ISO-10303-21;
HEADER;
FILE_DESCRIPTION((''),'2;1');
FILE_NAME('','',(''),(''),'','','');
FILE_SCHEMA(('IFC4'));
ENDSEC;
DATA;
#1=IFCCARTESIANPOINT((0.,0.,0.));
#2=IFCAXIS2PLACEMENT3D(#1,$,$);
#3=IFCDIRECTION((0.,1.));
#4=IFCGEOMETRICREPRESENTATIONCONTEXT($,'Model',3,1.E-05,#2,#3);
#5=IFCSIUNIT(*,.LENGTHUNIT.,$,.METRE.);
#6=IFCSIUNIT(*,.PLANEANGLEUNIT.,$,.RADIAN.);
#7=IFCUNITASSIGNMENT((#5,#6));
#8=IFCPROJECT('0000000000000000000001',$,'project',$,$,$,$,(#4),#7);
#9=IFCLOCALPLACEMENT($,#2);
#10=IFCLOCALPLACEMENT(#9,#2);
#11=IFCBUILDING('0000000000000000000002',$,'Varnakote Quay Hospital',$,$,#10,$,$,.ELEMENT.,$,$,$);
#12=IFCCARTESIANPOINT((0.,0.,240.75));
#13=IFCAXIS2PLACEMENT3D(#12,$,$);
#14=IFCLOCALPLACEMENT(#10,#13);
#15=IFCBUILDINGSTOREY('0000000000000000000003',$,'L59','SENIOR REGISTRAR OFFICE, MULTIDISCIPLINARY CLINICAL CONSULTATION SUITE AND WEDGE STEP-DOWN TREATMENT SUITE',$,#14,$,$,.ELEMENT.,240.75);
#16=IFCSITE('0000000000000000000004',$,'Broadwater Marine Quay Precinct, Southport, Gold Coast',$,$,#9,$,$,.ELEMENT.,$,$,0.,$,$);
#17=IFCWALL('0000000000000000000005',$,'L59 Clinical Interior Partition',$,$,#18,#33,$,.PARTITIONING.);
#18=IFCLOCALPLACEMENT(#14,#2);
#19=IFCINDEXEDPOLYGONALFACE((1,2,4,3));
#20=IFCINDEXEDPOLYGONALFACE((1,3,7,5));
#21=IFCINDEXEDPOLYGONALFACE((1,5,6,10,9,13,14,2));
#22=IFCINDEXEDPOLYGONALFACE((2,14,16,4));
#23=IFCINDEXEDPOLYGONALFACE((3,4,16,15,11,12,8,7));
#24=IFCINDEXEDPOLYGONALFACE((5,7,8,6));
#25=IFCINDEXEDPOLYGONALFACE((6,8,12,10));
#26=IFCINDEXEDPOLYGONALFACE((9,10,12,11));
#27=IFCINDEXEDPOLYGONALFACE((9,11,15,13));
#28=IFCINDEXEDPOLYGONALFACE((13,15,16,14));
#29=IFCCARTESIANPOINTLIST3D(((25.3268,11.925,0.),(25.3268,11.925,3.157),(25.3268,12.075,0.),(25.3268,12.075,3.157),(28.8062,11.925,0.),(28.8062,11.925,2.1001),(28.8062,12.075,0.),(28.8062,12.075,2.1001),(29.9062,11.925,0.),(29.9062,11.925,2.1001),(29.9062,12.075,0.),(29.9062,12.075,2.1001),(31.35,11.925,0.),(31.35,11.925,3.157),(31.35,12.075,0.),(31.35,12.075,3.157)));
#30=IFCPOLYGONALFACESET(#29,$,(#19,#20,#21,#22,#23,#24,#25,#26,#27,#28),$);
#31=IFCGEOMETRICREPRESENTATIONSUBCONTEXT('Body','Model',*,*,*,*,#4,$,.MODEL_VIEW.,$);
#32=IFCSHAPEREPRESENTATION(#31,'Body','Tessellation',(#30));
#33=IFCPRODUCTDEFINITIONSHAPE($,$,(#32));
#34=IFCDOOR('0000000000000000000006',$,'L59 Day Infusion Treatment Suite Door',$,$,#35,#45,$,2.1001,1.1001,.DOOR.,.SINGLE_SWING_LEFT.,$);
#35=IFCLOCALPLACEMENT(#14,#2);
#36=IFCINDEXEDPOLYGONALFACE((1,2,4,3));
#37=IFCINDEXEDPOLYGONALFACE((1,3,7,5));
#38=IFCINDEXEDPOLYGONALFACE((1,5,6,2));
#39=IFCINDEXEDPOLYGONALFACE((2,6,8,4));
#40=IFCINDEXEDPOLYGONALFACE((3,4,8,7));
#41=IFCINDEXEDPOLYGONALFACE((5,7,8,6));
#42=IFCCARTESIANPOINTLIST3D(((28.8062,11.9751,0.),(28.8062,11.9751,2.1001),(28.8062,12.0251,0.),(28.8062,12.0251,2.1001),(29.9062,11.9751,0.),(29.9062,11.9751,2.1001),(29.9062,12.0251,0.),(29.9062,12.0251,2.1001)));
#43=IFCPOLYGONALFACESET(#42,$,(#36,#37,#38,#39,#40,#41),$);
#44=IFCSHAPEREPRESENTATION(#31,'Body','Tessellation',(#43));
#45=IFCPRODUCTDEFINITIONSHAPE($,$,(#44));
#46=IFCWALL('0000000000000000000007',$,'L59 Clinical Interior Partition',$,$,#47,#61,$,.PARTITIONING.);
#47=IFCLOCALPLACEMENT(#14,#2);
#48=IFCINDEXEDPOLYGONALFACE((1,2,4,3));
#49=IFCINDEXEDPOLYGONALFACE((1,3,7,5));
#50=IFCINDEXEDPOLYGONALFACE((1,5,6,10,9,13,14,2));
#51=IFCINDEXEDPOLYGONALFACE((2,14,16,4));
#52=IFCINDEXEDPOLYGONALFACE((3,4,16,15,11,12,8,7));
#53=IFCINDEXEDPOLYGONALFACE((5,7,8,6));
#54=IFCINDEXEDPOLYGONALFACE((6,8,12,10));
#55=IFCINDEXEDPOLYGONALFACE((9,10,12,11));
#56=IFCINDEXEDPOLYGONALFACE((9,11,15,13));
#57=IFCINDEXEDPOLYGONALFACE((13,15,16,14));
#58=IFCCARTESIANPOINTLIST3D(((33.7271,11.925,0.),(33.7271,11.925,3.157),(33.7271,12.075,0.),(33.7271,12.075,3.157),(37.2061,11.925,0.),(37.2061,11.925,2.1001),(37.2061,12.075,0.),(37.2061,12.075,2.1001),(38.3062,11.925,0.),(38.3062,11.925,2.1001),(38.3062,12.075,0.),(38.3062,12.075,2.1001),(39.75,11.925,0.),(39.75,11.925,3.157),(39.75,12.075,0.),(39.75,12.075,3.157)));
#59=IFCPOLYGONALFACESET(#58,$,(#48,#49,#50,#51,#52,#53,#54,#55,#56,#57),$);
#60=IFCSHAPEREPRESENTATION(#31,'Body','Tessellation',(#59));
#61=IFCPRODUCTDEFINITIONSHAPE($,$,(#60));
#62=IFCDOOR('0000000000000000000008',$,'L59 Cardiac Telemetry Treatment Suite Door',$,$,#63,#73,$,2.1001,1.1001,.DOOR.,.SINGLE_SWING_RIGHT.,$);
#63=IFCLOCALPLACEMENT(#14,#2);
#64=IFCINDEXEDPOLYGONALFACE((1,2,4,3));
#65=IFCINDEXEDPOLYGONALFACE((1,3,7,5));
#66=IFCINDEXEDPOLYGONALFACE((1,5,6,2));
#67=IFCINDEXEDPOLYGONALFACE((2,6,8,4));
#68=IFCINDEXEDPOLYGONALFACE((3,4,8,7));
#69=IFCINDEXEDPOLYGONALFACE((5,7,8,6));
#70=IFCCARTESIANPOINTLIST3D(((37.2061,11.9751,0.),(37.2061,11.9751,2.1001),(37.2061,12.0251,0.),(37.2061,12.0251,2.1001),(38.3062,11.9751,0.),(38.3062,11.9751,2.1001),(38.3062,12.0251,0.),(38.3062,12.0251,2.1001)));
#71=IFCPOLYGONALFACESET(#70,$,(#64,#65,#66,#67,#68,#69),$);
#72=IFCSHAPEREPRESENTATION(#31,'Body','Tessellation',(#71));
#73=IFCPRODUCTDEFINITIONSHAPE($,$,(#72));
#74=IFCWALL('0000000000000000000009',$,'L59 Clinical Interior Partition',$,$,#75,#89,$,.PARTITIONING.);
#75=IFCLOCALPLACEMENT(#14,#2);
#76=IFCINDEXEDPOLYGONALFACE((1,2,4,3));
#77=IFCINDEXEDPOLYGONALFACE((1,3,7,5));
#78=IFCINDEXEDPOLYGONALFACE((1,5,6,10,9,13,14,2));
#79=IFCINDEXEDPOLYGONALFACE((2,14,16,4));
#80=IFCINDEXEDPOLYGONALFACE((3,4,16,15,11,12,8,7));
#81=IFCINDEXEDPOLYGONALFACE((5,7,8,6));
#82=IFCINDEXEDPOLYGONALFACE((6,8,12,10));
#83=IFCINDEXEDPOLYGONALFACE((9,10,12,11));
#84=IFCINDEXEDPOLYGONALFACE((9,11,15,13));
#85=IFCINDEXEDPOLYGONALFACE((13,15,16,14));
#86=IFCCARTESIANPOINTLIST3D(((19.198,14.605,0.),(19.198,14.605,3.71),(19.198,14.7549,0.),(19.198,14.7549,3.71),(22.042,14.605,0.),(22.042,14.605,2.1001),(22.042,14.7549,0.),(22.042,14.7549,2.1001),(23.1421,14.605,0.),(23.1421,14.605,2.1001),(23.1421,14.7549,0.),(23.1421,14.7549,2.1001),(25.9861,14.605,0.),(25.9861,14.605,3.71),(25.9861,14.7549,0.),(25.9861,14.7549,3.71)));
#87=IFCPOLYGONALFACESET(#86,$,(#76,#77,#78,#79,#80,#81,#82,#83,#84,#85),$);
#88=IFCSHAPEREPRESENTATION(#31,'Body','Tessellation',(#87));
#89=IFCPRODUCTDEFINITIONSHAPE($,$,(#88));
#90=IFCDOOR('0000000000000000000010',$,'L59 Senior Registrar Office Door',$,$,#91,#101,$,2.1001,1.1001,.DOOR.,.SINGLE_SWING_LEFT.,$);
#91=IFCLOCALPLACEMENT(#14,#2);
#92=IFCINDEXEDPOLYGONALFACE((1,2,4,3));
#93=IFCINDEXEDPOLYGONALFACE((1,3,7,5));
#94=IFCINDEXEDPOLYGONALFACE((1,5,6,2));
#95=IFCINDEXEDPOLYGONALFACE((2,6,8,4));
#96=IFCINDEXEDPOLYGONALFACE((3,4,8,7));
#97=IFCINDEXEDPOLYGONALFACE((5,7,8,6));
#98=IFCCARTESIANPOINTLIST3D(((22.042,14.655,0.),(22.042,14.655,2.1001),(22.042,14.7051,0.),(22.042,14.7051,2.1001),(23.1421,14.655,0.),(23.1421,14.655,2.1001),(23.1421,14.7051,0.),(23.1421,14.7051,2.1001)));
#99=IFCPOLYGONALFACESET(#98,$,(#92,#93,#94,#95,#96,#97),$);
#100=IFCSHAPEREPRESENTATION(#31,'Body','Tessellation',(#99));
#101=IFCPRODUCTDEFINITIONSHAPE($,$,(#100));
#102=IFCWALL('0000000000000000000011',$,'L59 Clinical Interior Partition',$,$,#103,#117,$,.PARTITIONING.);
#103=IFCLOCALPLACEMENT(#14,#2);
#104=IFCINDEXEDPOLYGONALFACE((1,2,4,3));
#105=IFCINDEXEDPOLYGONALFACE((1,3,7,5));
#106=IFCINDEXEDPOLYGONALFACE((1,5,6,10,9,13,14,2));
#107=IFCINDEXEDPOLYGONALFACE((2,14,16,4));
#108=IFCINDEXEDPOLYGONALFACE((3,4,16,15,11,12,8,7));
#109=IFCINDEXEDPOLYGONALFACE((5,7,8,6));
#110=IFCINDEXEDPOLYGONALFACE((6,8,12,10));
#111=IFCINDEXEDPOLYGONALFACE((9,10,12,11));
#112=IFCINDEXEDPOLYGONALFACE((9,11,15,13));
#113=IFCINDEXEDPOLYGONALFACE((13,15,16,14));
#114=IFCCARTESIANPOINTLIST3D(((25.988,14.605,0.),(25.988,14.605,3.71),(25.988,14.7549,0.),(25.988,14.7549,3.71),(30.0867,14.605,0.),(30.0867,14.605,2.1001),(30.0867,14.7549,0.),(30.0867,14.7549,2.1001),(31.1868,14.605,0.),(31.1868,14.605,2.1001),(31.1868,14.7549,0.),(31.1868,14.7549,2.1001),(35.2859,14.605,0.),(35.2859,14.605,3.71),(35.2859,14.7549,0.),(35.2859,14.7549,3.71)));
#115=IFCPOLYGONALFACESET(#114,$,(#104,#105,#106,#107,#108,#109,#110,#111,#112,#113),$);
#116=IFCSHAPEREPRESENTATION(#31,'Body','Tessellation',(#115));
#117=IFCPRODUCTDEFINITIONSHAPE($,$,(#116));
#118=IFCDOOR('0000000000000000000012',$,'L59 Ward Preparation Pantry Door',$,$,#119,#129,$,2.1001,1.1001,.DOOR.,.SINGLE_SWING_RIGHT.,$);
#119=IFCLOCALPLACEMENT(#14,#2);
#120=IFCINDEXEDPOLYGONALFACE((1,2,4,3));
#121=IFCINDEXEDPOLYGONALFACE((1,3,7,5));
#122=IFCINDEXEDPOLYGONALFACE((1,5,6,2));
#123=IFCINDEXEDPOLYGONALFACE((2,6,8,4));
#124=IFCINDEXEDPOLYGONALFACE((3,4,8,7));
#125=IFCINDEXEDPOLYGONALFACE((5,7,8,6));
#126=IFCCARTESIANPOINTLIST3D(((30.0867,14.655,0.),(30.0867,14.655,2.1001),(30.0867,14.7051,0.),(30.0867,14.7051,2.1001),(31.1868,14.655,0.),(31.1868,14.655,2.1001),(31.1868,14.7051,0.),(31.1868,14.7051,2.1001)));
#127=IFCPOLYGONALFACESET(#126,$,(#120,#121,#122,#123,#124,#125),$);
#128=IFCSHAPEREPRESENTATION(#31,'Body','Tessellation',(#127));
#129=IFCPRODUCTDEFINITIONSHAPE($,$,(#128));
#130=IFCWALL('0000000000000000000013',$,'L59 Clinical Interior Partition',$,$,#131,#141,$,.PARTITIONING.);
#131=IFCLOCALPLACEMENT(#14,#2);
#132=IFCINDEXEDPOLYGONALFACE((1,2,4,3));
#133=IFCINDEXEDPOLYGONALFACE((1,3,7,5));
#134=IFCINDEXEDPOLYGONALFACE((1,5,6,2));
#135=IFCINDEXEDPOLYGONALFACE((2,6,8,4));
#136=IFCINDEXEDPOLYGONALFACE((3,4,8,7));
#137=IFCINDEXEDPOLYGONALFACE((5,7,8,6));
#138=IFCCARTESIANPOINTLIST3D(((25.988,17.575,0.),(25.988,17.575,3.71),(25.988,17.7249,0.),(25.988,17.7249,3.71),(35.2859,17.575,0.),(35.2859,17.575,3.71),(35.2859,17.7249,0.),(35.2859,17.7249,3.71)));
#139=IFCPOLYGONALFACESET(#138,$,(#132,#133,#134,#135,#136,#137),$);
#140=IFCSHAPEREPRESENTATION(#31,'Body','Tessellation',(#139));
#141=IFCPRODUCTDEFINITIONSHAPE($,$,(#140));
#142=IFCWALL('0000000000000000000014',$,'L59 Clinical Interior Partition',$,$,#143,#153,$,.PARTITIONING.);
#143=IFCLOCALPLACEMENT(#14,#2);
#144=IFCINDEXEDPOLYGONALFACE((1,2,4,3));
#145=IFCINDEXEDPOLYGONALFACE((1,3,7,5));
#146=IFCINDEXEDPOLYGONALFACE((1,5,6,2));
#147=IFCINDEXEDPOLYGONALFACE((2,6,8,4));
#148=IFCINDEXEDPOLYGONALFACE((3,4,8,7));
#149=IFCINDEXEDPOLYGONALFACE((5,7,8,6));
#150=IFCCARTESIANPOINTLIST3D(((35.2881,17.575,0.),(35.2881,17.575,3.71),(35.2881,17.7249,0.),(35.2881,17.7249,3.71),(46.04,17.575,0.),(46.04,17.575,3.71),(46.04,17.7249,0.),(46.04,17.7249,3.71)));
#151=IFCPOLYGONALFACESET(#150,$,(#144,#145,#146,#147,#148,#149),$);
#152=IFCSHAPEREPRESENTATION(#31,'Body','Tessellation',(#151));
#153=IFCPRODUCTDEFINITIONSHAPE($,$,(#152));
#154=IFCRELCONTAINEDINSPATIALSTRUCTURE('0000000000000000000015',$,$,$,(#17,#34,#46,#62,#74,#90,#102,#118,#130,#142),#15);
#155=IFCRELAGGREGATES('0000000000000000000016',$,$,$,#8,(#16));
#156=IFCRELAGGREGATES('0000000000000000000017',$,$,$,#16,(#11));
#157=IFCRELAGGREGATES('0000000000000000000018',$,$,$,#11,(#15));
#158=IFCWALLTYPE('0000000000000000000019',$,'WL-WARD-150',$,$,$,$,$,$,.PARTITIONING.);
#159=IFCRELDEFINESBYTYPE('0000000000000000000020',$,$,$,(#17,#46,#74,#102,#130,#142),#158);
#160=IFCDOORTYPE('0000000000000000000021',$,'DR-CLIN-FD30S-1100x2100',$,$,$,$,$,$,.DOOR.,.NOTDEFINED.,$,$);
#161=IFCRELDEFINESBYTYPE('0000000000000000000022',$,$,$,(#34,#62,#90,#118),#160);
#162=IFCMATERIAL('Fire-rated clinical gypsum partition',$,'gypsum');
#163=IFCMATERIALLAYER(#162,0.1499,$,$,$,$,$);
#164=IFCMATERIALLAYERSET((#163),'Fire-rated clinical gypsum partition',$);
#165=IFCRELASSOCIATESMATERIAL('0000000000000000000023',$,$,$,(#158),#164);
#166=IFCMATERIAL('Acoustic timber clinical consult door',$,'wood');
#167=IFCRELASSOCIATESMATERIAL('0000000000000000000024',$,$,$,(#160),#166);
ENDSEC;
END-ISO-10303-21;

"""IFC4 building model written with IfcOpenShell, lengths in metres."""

from ifc_helpers import new_model, si_unit, direction, frame, frame_2d, origin, place, context, subcontext, project, spatial, rectangle, extrude, material, layer, layer_set, type_object, element, fill, save


model = new_model("IFC4")

# Units and contexts
model_context = context("Model", 3, precision=1e-05, world=origin(), true_north=direction((0.0, 1.0)))
body_context = subcontext(model_context, "Body", "Model", "MODEL_VIEW")
ifc_project = project(units=[si_unit("LENGTHUNIT", "METRE"), si_unit("PLANEANGLEUNIT", "RADIAN")], contexts=[model_context])

# Site, building, storey
site_placement = place(None, origin())
site = spatial("IfcSite", under=ifc_project, at=site_placement, Name="Broadwater Marine Quay Precinct, Southport, Gold Coast", CompositionType="ELEMENT", RefElevation=0.0)
building_placement = place(site_placement, origin())
building = spatial("IfcBuilding", under=site, at=building_placement, Name="Varnakote Quay Hospital", CompositionType="ELEMENT")
storey_placement = place(building_placement, frame((0.0, 0.0, 240.75)))
storey = spatial("IfcBuildingStorey", under=building, at=storey_placement, Name="L59", Description="SENIOR REGISTRAR OFFICE, MULTIDISCIPLINARY CLINICAL CONSULTATION SUITE AND WEDGE STEP-DOWN TREATMENT SUITE", CompositionType="ELEMENT", Elevation=240.75)

# Walls, openings, doors
ifc_material_1 = material(Name="Fire-rated clinical gypsum partition", Category="gypsum")
ifc_layer_1 = layer(ifc_material_1, 0.1499)
ifc_layer_set_1 = layer_set([ifc_layer_1], Name="Fire-rated clinical gypsum partition")
wall_type_1 = type_object("IfcWallType", Name="WL-WARD-150", PredefinedType="PARTITIONING", material=ifc_layer_set_1)
wall_1_placement = place(storey_placement, frame((31.3501, 12.0, 0.0), z_axis=(0.0, 0.0, 1.0), x_axis=(-1.0, 0.0, 0.0)))
wall_1 = element("IfcWall", 1, at=wall_1_placement, inside=storey, type_object=wall_type_1, Name="L59 Clinical Interior Partition", PredefinedType="PARTITIONING", context=body_context, shape_type="SweptSolid", body=[
    extrude(rectangle(XDim=6.0232, YDim=0.1499, at=frame_2d((3.0117, 0.0))), origin(), (0.0, 0.0, 1.0), 3.157),
])
opening_1_placement = place(wall_1_placement, frame((1.4438, 0.0, 0.0)))
opening_1 = element("IfcOpeningElement", 2, at=opening_1_placement, cuts=wall_1, PredefinedType="OPENING", context=body_context, shape_type="SweptSolid", body=[
    extrude(rectangle(XDim=1.1001, YDim=2.1001, at=frame_2d((0.55, 1.05))), frame((0.0, 0.085, 0.0), z_axis=(0.0, -1.0, 0.0), x_axis=(1.0, 0.0, 0.0)), (0.0, 0.0, 1.0), 0.1699),
])
ifc_material_2 = material(Name="Acoustic timber clinical consult door", Category="wood")
door_type = type_object("IfcDoorType", Name="DR-CLIN-FD30S-1100x2100", OperationType="NOTDEFINED", PredefinedType="DOOR", material=ifc_material_2)
door_1_placement = place(opening_1_placement, origin())
door_1 = element("IfcDoor", 3, at=door_1_placement, inside=storey, type_object=door_type, Name="L59 Day Infusion Treatment Suite Door", OperationType="SINGLE_SWING_LEFT", OverallHeight=2.1001, OverallWidth=1.1001, PredefinedType="DOOR", context=body_context, shape_type="SweptSolid", body=[
    extrude(rectangle(XDim=1.1001, YDim=2.1001, at=frame_2d((0.55, 1.05))), frame((0.0, 0.0249, 0.0), z_axis=(0.0, -1.0, 0.0), x_axis=(1.0, 0.0, 0.0)), (0.0, 0.0, 1.0), 0.05),
])
fill(opening_1, door_1)
wall_2_placement = place(storey_placement, frame((39.75, 12.0, 0.0), z_axis=(0.0, 0.0, 1.0), x_axis=(-1.0, 0.0, 0.0)))
wall_2 = element("IfcWall", 4, at=wall_2_placement, inside=storey, type_object=wall_type_1, Name="L59 Clinical Interior Partition", PredefinedType="PARTITIONING", context=body_context, shape_type="SweptSolid", body=[
    extrude(rectangle(XDim=6.0229, YDim=0.1499, at=frame_2d((3.0115, 0.0))), origin(), (0.0, 0.0, 1.0), 3.157),
])
opening_2_placement = place(wall_2_placement, frame((1.4438, 0.0, 0.0)))
opening_2 = element("IfcOpeningElement", 5, at=opening_2_placement, cuts=wall_2, PredefinedType="OPENING", context=body_context, shape_type="SweptSolid", body=[
    extrude(rectangle(XDim=1.1001, YDim=2.1001, at=frame_2d((0.55, 1.05))), frame((0.0, 0.085, 0.0), z_axis=(0.0, -1.0, 0.0), x_axis=(1.0, 0.0, 0.0)), (0.0, 0.0, 1.0), 0.1699),
])
door_2_placement = place(opening_2_placement, origin())
door_2 = element("IfcDoor", 6, at=door_2_placement, inside=storey, type_object=door_type, Name="L59 Cardiac Telemetry Treatment Suite Door", OperationType="SINGLE_SWING_RIGHT", OverallHeight=2.1001, OverallWidth=1.1001, PredefinedType="DOOR", context=body_context, shape_type="SweptSolid", body=[
    extrude(rectangle(XDim=1.1001, YDim=2.1001, at=frame_2d((0.55, 1.05))), frame((0.0, 0.0249, 0.0), z_axis=(0.0, -1.0, 0.0), x_axis=(1.0, 0.0, 0.0)), (0.0, 0.0, 1.0), 0.05),
])
fill(opening_2, door_2)
wall_3_placement = place(storey_placement, frame((25.9861, 14.6799, 0.0), z_axis=(0.0, 0.0, 1.0), x_axis=(-1.0, 0.0, 0.0)))
wall_3 = element("IfcWall", 7, at=wall_3_placement, inside=storey, type_object=wall_type_1, Name="L59 Clinical Interior Partition", PredefinedType="PARTITIONING", context=body_context, shape_type="SweptSolid", body=[
    extrude(rectangle(XDim=6.7881, YDim=0.1499, at=frame_2d((3.394, 0.0))), origin(), (0.0, 0.0, 1.0), 3.71),
])
opening_3_placement = place(wall_3_placement, frame((2.844, 0.0, 0.0)))
opening_3 = element("IfcOpeningElement", 8, at=opening_3_placement, cuts=wall_3, PredefinedType="OPENING", context=body_context, shape_type="SweptSolid", body=[
    extrude(rectangle(XDim=1.1001, YDim=2.1001, at=frame_2d((0.55, 1.05))), frame((0.0, 0.085, 0.0), z_axis=(0.0, -1.0, 0.0), x_axis=(1.0, 0.0, 0.0)), (0.0, 0.0, 1.0), 0.1699),
])
door_3_placement = place(opening_3_placement, origin())
door_3 = element("IfcDoor", 9, at=door_3_placement, inside=storey, type_object=door_type, Name="L59 Senior Registrar Office Door", OperationType="SINGLE_SWING_LEFT", OverallHeight=2.1001, OverallWidth=1.1001, PredefinedType="DOOR", context=body_context, shape_type="SweptSolid", body=[
    extrude(rectangle(XDim=1.1001, YDim=2.1001, at=frame_2d((0.55, 1.05))), frame((0.0, 0.0249, 0.0), z_axis=(0.0, -1.0, 0.0), x_axis=(1.0, 0.0, 0.0)), (0.0, 0.0, 1.0), 0.05),
])
fill(opening_3, door_3)
wall_4_placement = place(storey_placement, frame((35.2859, 14.6799, 0.0), z_axis=(0.0, 0.0, 1.0), x_axis=(-1.0, 0.0, 0.0)))
wall_4 = element("IfcWall", 10, at=wall_4_placement, inside=storey, type_object=wall_type_1, Name="L59 Clinical Interior Partition", PredefinedType="PARTITIONING", context=body_context, shape_type="SweptSolid", body=[
    extrude(rectangle(XDim=9.2979, YDim=0.1499, at=frame_2d((4.6489, 0.0))), origin(), (0.0, 0.0, 1.0), 3.71),
])
opening_4_placement = place(wall_4_placement, frame((4.0991, 0.0, 0.0)))
opening_4 = element("IfcOpeningElement", 11, at=opening_4_placement, cuts=wall_4, PredefinedType="OPENING", context=body_context, shape_type="SweptSolid", body=[
    extrude(rectangle(XDim=1.1001, YDim=2.1001, at=frame_2d((0.55, 1.05))), frame((0.0, 0.085, 0.0), z_axis=(0.0, -1.0, 0.0), x_axis=(1.0, 0.0, 0.0)), (0.0, 0.0, 1.0), 0.1699),
])
door_4_placement = place(opening_4_placement, origin())
door_4 = element("IfcDoor", 12, at=door_4_placement, inside=storey, type_object=door_type, Name="L59 Ward Preparation Pantry Door", OperationType="SINGLE_SWING_RIGHT", OverallHeight=2.1001, OverallWidth=1.1001, PredefinedType="DOOR", context=body_context, shape_type="SweptSolid", body=[
    extrude(rectangle(XDim=1.1001, YDim=2.1001, at=frame_2d((0.55, 1.05))), frame((0.0, 0.0249, 0.0), z_axis=(0.0, -1.0, 0.0), x_axis=(1.0, 0.0, 0.0)), (0.0, 0.0, 1.0), 0.05),
])
fill(opening_4, door_4)

# Walls
wall_5_placement = place(storey_placement, frame((25.988, 17.6499, 0.0), z_axis=(0.0, 0.0, 1.0), x_axis=(1.0, 0.0, 0.0)))
element("IfcWall", 13, at=wall_5_placement, inside=storey, type_object=wall_type_1, Name="L59 Clinical Interior Partition", PredefinedType="PARTITIONING", context=body_context, shape_type="SweptSolid", body=[
    extrude(rectangle(XDim=9.2979, YDim=0.1499, at=frame_2d((4.6489, 0.0))), origin(), (0.0, 0.0, 1.0), 3.71),
])
wall_6_placement = place(storey_placement, frame((35.2881, 17.6499, 0.0), z_axis=(0.0, 0.0, 1.0), x_axis=(1.0, 0.0, 0.0)))
element("IfcWall", 14, at=wall_6_placement, inside=storey, type_object=wall_type_1, Name="L59 Clinical Interior Partition", PredefinedType="PARTITIONING", context=body_context, shape_type="SweptSolid", body=[
    extrude(rectangle(XDim=10.752, YDim=0.1499, at=frame_2d((5.376, 0.0))), origin(), (0.0, 0.0, 1.0), 3.71),
])

save(model, "model.ifc")
